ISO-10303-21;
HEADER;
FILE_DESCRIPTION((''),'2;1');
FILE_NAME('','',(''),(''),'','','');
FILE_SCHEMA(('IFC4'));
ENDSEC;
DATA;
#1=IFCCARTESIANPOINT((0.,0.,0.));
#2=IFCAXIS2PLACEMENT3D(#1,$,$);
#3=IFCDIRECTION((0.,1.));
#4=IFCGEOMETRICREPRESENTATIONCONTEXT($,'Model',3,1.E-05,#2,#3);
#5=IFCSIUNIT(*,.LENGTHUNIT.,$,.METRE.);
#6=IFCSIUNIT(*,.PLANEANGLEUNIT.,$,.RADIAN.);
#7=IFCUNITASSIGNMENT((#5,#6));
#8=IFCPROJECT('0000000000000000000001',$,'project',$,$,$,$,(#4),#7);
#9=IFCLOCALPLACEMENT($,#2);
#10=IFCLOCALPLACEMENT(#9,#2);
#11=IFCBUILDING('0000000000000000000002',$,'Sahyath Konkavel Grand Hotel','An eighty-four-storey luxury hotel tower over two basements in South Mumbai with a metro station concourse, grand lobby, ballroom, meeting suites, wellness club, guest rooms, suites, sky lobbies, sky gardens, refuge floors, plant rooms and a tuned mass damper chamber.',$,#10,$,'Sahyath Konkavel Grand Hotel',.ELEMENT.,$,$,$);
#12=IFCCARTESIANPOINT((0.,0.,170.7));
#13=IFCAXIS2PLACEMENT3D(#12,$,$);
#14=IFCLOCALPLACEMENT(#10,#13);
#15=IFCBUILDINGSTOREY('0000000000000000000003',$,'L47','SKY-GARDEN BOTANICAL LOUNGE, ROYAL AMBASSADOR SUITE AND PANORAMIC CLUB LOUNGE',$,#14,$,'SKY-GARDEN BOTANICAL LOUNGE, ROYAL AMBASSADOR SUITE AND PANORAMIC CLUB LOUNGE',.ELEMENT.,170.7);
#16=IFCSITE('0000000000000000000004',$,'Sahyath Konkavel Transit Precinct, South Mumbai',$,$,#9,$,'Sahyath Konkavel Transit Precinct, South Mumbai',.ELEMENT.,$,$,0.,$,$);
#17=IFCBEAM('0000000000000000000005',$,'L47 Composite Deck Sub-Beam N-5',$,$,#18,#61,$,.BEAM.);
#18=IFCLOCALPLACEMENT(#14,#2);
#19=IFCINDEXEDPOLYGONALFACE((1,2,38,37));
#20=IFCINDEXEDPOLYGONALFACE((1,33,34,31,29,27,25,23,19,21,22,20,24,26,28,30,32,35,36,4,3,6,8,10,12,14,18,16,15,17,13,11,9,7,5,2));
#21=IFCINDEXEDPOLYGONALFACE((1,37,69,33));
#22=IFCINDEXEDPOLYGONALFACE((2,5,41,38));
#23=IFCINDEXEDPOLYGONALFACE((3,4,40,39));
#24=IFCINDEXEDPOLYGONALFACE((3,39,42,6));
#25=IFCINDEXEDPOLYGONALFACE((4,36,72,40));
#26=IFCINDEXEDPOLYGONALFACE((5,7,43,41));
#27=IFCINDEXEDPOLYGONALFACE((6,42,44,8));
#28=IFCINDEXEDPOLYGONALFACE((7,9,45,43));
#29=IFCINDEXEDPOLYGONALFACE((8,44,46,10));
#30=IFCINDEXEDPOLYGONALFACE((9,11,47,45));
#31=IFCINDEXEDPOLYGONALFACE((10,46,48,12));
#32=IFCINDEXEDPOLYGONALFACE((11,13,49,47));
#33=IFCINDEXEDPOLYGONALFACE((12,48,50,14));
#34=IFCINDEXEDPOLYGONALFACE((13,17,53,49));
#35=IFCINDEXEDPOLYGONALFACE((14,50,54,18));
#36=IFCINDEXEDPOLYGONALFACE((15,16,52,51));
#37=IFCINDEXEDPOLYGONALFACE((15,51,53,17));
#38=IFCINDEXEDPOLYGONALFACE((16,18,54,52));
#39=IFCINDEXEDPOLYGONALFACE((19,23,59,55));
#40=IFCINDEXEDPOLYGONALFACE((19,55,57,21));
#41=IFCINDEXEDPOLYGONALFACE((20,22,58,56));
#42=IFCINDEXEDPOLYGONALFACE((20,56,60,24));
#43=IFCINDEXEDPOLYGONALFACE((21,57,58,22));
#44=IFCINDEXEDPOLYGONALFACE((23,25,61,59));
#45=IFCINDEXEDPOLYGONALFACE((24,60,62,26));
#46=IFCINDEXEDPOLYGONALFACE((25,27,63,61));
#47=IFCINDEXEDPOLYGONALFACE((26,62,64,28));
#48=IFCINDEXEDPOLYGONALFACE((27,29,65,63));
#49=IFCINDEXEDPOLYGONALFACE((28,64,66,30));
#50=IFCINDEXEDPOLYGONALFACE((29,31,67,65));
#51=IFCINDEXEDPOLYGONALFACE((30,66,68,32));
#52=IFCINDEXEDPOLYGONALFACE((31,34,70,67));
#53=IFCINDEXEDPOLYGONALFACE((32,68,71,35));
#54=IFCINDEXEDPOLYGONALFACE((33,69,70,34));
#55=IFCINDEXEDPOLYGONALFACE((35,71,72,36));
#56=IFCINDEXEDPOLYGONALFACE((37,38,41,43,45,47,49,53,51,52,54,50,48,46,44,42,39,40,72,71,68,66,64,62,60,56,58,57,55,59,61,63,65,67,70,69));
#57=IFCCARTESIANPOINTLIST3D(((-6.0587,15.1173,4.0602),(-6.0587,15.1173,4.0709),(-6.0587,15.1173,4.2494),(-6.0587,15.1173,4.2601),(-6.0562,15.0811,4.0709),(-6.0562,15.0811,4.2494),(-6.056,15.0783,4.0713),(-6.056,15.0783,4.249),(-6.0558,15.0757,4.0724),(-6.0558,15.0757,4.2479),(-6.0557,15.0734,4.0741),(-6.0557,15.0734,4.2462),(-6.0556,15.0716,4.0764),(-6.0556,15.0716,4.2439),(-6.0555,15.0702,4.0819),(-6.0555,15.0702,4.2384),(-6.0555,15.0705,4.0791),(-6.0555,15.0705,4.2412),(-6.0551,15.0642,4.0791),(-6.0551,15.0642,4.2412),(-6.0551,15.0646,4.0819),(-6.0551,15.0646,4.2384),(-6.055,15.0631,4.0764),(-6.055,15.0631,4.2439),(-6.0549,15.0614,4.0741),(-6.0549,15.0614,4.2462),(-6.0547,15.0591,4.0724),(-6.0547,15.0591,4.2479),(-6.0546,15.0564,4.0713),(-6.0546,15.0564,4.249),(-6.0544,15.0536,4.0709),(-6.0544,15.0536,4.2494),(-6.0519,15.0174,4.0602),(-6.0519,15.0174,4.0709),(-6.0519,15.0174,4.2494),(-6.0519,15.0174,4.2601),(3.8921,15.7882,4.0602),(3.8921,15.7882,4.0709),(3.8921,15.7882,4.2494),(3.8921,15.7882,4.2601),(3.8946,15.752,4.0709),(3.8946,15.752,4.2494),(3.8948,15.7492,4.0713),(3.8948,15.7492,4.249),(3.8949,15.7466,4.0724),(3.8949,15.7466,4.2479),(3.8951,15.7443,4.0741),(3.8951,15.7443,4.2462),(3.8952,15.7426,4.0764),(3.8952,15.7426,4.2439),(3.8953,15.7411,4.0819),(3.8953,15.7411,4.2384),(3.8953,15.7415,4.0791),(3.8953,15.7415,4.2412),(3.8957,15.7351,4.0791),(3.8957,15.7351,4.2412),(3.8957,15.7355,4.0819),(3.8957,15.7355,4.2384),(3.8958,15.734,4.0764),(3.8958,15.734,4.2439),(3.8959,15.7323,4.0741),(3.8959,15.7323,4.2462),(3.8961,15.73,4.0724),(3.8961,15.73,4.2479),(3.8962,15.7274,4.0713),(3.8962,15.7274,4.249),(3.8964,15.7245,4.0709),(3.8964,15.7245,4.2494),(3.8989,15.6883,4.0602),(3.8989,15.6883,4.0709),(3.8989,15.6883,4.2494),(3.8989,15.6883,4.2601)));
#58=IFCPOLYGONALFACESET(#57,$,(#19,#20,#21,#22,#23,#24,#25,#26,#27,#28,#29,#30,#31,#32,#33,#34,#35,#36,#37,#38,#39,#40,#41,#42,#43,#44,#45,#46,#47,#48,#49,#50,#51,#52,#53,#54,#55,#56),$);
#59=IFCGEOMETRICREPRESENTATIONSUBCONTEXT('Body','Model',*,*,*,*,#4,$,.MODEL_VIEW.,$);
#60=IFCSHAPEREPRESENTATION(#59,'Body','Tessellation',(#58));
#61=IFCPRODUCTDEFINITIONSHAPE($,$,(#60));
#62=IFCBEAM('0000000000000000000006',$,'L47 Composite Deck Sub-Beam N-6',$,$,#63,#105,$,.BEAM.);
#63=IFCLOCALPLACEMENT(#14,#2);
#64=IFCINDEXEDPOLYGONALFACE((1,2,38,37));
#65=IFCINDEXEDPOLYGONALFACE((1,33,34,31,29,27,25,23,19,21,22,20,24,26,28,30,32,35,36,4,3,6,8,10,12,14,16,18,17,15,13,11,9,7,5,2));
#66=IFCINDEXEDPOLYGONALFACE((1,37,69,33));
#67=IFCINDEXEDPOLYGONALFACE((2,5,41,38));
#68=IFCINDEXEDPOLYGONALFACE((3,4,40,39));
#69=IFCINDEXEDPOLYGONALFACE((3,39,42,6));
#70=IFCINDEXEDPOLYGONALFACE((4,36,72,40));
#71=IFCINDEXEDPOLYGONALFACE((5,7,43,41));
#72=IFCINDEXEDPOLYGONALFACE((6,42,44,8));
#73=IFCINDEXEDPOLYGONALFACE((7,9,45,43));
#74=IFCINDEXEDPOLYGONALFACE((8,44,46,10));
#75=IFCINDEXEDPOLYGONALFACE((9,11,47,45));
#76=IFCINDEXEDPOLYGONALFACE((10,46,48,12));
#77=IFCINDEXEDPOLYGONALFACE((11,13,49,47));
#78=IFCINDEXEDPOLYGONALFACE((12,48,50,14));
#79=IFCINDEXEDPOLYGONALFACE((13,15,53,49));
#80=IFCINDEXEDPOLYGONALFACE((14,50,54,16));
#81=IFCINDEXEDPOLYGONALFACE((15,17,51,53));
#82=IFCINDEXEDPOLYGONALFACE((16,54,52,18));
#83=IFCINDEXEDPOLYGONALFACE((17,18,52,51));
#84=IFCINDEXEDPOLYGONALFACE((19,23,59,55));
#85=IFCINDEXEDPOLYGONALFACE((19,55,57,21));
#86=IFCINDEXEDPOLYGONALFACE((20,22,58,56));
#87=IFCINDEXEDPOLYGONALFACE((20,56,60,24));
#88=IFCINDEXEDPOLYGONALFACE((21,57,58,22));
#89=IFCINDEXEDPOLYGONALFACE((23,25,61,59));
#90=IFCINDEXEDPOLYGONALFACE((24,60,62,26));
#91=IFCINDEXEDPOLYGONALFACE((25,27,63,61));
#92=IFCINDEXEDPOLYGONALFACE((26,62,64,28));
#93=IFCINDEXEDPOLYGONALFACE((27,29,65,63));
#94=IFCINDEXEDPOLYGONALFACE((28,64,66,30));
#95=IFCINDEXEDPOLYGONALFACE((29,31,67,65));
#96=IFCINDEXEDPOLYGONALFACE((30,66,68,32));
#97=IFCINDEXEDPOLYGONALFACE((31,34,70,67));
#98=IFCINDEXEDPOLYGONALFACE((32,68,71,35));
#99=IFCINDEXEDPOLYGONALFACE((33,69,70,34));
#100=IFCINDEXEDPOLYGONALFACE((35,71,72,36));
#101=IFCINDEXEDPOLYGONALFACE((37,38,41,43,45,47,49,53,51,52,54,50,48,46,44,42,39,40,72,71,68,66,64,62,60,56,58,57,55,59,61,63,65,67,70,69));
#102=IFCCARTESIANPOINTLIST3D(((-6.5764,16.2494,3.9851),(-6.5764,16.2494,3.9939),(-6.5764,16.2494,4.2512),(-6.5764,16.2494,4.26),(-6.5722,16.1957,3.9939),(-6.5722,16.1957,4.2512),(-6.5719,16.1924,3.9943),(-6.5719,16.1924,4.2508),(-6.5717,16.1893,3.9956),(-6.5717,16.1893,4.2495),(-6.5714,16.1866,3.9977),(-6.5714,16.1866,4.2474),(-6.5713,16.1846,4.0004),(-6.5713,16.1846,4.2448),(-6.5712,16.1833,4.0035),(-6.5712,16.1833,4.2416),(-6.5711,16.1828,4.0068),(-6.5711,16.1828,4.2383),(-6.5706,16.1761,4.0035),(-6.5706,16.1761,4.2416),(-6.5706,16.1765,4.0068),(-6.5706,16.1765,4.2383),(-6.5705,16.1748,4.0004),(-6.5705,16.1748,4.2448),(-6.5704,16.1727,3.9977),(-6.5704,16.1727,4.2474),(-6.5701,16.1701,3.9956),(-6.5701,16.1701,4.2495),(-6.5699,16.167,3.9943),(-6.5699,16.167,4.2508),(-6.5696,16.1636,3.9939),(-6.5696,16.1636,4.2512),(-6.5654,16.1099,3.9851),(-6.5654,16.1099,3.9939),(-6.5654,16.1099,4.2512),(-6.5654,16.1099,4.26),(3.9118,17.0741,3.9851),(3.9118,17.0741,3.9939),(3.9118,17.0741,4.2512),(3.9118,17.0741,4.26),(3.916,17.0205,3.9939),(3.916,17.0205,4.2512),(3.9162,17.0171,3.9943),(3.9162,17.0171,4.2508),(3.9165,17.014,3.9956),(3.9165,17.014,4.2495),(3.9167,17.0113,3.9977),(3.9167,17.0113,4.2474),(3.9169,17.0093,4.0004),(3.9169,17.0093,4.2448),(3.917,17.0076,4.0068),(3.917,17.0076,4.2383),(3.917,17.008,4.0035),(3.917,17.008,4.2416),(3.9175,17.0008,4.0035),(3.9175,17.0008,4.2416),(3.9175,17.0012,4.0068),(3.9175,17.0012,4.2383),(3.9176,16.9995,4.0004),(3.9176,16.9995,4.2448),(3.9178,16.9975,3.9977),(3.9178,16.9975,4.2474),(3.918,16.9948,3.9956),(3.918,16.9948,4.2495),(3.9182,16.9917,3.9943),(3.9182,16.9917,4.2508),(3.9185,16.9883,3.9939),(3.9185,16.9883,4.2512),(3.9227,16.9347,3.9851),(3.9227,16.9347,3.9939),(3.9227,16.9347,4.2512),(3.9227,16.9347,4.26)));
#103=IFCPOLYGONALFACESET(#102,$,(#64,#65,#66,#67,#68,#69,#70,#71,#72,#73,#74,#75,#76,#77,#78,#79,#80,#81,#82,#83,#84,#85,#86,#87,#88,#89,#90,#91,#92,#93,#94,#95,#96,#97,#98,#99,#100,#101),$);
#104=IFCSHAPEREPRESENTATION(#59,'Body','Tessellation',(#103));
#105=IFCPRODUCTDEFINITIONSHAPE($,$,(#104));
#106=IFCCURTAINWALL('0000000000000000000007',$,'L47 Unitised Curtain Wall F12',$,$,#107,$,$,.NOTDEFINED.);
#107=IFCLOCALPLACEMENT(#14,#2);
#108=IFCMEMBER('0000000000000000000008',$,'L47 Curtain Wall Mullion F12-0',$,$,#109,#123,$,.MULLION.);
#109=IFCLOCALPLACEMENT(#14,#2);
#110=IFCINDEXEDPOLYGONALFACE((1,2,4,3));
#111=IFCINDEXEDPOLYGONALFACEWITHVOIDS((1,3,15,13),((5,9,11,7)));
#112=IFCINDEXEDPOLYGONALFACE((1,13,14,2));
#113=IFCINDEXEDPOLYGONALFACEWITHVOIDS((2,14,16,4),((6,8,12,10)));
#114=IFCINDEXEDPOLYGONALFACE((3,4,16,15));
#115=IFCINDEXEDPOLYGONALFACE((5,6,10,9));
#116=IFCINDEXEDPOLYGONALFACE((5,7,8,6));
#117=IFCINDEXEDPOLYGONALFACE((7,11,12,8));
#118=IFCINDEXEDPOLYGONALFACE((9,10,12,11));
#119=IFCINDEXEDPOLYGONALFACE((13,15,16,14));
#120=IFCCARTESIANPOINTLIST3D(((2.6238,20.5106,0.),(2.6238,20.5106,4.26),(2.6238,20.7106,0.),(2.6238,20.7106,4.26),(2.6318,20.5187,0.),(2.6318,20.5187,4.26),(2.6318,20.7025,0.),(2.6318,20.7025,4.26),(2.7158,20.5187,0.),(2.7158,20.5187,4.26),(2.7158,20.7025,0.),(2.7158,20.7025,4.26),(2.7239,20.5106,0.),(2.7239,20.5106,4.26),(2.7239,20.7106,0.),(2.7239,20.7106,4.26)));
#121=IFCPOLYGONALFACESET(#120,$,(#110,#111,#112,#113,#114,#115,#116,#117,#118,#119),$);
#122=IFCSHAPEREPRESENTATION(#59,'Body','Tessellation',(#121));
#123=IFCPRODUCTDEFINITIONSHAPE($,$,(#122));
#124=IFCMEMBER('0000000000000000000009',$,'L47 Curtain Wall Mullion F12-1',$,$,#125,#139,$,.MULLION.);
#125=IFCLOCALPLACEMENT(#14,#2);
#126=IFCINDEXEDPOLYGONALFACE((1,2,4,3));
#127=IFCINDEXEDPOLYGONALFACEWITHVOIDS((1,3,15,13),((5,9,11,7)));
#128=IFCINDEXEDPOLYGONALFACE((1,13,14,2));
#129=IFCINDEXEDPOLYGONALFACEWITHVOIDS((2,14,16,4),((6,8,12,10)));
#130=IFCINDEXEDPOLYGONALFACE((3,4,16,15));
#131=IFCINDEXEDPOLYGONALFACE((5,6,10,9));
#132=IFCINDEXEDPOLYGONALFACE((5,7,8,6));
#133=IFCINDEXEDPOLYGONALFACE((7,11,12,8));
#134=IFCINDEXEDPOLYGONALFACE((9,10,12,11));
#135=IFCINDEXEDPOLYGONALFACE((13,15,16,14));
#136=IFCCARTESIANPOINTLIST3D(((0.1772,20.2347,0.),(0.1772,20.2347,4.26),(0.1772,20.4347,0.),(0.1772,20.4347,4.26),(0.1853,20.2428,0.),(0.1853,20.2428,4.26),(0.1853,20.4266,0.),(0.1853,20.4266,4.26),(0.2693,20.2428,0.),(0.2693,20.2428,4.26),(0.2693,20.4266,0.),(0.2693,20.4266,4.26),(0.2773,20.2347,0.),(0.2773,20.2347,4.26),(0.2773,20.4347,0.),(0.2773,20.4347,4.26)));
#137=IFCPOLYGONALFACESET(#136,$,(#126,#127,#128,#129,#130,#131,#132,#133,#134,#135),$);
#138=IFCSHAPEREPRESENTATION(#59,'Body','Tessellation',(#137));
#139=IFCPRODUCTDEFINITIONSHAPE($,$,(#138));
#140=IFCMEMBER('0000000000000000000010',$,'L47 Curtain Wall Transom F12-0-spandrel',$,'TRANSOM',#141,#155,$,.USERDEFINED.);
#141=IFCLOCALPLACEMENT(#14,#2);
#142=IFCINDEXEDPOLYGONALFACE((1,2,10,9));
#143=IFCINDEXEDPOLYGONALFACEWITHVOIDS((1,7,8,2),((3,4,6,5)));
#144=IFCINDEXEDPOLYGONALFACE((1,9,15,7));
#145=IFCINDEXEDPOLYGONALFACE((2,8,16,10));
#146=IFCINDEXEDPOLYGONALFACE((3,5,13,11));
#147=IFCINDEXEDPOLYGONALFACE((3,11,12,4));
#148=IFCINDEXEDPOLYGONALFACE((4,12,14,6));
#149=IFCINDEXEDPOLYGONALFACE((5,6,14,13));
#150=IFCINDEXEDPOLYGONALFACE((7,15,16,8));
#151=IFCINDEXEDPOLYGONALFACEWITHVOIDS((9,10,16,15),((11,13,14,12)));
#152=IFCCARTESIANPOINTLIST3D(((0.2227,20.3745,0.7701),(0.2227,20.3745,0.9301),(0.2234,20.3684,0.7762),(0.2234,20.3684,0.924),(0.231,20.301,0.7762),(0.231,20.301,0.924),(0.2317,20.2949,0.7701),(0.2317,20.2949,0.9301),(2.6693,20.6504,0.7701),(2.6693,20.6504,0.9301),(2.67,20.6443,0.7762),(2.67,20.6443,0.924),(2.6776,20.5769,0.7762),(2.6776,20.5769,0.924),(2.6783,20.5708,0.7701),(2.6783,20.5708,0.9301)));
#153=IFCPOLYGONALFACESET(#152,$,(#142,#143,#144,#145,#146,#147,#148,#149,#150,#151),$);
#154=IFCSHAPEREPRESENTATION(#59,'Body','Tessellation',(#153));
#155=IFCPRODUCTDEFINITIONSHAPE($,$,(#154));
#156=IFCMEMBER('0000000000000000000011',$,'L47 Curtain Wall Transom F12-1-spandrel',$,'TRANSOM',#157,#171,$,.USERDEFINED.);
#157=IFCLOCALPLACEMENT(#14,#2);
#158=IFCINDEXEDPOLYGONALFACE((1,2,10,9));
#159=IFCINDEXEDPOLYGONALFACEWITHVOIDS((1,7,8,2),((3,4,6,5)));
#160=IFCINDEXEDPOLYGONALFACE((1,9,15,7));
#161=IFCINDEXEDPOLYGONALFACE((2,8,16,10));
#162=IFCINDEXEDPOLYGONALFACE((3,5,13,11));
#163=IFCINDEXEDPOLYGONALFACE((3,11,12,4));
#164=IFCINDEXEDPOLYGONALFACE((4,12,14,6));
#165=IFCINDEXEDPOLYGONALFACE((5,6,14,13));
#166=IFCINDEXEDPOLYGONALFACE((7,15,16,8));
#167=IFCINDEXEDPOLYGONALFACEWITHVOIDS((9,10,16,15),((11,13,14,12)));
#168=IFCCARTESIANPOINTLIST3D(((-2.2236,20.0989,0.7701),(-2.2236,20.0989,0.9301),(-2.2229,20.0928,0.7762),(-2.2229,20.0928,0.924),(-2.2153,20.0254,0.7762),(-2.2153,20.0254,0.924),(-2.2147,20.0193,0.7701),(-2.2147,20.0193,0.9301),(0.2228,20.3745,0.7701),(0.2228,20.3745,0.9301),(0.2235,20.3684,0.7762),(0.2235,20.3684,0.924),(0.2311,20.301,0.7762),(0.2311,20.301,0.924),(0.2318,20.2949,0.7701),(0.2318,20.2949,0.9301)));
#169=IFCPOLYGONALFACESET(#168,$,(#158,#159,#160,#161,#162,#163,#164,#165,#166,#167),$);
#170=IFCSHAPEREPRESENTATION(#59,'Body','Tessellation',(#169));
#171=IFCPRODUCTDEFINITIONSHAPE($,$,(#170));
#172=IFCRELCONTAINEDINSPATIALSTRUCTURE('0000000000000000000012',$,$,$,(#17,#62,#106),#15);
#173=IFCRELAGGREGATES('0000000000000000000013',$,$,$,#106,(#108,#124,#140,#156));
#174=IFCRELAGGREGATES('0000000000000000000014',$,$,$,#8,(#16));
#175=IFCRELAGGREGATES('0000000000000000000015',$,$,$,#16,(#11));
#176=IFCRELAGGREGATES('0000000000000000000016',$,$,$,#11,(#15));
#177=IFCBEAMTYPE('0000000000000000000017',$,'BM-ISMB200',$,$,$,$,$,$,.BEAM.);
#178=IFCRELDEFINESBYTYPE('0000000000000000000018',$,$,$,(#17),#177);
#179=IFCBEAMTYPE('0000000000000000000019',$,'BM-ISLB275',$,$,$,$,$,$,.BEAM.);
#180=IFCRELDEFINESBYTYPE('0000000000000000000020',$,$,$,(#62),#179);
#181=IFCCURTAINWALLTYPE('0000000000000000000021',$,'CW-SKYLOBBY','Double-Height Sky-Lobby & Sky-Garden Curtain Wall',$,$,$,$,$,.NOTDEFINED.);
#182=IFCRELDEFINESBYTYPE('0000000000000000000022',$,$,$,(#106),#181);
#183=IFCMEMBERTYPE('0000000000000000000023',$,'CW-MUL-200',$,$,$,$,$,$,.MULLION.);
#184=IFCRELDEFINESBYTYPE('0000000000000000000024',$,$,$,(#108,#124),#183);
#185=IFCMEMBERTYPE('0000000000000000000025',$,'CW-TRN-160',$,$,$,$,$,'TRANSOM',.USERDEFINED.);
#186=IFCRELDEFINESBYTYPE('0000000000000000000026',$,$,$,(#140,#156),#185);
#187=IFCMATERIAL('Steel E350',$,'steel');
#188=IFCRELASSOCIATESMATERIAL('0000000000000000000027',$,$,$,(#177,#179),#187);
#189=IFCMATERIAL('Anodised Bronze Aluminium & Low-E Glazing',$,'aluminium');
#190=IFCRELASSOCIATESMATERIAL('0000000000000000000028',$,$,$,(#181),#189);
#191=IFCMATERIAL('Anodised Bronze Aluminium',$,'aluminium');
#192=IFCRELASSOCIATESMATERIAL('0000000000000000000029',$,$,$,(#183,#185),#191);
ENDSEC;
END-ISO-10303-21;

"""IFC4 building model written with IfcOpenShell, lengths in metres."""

from ifc_helpers import new_model, si_unit, direction, frame, origin, origin_2d, place, context, subcontext, project, spatial, hollow_rectangle, i_section, extrude, source, transform, mapped, material, material_profile, profile_set, type_object, element, aggregate, save


model = new_model("IFC4")

# Units and contexts
model_context = context("Model", 3, precision=1e-05, world=origin(), true_north=direction((0.0, 1.0)))
body_context = subcontext(model_context, "Body", "Model", "MODEL_VIEW")
ifc_project = project(units=[si_unit("LENGTHUNIT", "METRE"), si_unit("PLANEANGLEUNIT", "RADIAN")], contexts=[model_context])

# Site, building, storey
site_placement = place(None, origin())
site = spatial("IfcSite", under=ifc_project, at=site_placement, Name="Sahyath Konkavel Transit Precinct, South Mumbai", LongName="Sahyath Konkavel Transit Precinct, South Mumbai", CompositionType="ELEMENT", RefElevation=0.0)
building_placement = place(site_placement, origin())
building = spatial("IfcBuilding", under=site, at=building_placement, Name="Sahyath Konkavel Grand Hotel", Description="An eighty-four-storey luxury hotel tower over two basements in South Mumbai with a metro station concourse, grand lobby, ballroom, meeting suites, wellness club, guest rooms, suites, sky lobbies, sky gardens, refuge floors, plant rooms and a tuned mass damper chamber.", LongName="Sahyath Konkavel Grand Hotel", CompositionType="ELEMENT")
storey_placement = place(building_placement, frame((0.0, 0.0, 170.7)))
storey = spatial("IfcBuildingStorey", under=building, at=storey_placement, Name="L47", Description="SKY-GARDEN BOTANICAL LOUNGE, ROYAL AMBASSADOR SUITE AND PANORAMIC CLUB LOUNGE", LongName="SKY-GARDEN BOTANICAL LOUNGE, ROYAL AMBASSADOR SUITE AND PANORAMIC CLUB LOUNGE", CompositionType="ELEMENT", Elevation=170.7)

# Beams
ifc_material_1 = material(Name="Steel E350", Category="steel")
ifc_material_profile_1 = material_profile(ifc_material_1, i_section(OverallWidth=0.1001, OverallDepth=0.2, WebThickness=0.0056, FlangeThickness=0.0107, FilletRadius=0.011, at=origin_2d()), Name="ISMB 200")
ifc_profile_set_1 = profile_set([ifc_material_profile_1], Name="Steel E350")
beam_type_1 = type_object("IfcBeamType", Name="BM-ISMB200", PredefinedType="BEAM", material=ifc_profile_set_1)
shared_shape_1 = source(origin(), body_context, "Body", "SweptSolid", [
    extrude(i_section(OverallWidth=0.1001, OverallDepth=0.2, WebThickness=0.0056, FlangeThickness=0.0107, FilletRadius=0.011, at=origin_2d()), origin(), (0.0, 0.0, 1.0), 9.9734),
])
beam_1_placement = place(storey_placement, frame((3.8955, 15.7383, 4.1602), z_axis=(-0.997735, -0.06727, 0.0), x_axis=(0.06727, -0.997735, 0.0)))
element("IfcBeam", 1, at=beam_1_placement, inside=storey, type_object=beam_type_1, Name="L47 Composite Deck Sub-Beam N-5", PredefinedType="BEAM", context=body_context, shape_type="MappedRepresentation", body=[
    mapped(shared_shape_1, transform((0.0, 0.0, 0.0), scale=1.0)),
])
ifc_material_profile_2 = material_profile(ifc_material_1, i_section(OverallWidth=0.1399, OverallDepth=0.2749, WebThickness=0.0063, FlangeThickness=0.0088, FilletRadius=0.0129, at=origin_2d()), Name="ISLB 275")
ifc_profile_set_2 = profile_set([ifc_material_profile_2], Name="Steel E350")
beam_type_2 = type_object("IfcBeamType", Name="BM-ISLB275", PredefinedType="BEAM", material=ifc_profile_set_2)
shared_shape_2 = source(origin(), body_context, "Body", "SweptSolid", [
    extrude(i_section(OverallWidth=0.1399, OverallDepth=0.2749, WebThickness=0.0063, FlangeThickness=0.0088, FilletRadius=0.0129, at=origin_2d()), origin(), (0.0, 0.0, 1.0), 10.5205),
])
beam_2_placement = place(storey_placement, frame((3.9172, 17.0044, 4.1226), z_axis=(-0.996923, -0.078391, 0.0), x_axis=(0.078391, -0.996923, 0.0)))
element("IfcBeam", 2, at=beam_2_placement, inside=storey, type_object=beam_type_2, Name="L47 Composite Deck Sub-Beam N-6", PredefinedType="BEAM", context=body_context, shape_type="MappedRepresentation", body=[
    mapped(shared_shape_2, transform((0.0, 0.0, 0.0), scale=1.0)),
])

# Curtain wall, members
ifc_material_2 = material(Name="Anodised Bronze Aluminium & Low-E Glazing", Category="aluminium")
curtain_wall_type = type_object("IfcCurtainWallType", Name="CW-SKYLOBBY", Description="Double-Height Sky-Lobby & Sky-Garden Curtain Wall", PredefinedType="NOTDEFINED", material=ifc_material_2)
curtain_wall_placement = place(storey_placement, origin())
curtain_wall = element("IfcCurtainWall", 3, at=curtain_wall_placement, inside=storey, type_object=curtain_wall_type, Name="L47 Unitised Curtain Wall F12", PredefinedType="NOTDEFINED")
ifc_material_3 = material(Name="Anodised Bronze Aluminium", Category="aluminium")
ifc_material_profile_3 = material_profile(ifc_material_3, hollow_rectangle(XDim=0.1001, YDim=0.2, WallThickness=0.0081, at=origin_2d()), Name="RHS 200x100x8")
ifc_profile_set_3 = profile_set([ifc_material_profile_3], Name="Anodised Bronze Aluminium")
member_type_1 = type_object("IfcMemberType", Name="CW-MUL-200", PredefinedType="MULLION", material=ifc_profile_set_3)
shared_shape_3 = source(origin(), body_context, "Body", "SweptSolid", [
    extrude(hollow_rectangle(XDim=0.1001, YDim=0.2, WallThickness=0.0081, at=origin_2d()), origin(), (0.0, 0.0, 1.0), 4.26),
])
member_1_placement = place(storey_placement, frame((2.6738, 20.6106, 0.0), z_axis=(0.0, 0.0, 1.0), x_axis=(1.0, 0.0, 0.0)))
member_1 = element("IfcMember", 4, at=member_1_placement, type_object=member_type_1, Name="L47 Curtain Wall Mullion F12-0", PredefinedType="MULLION", context=body_context, shape_type="MappedRepresentation", body=[
    mapped(shared_shape_3, transform((0.0, 0.0, 0.0), scale=1.0)),
])
member_2_placement = place(storey_placement, frame((0.2273, 20.3347, 0.0), z_axis=(0.0, 0.0, 1.0), x_axis=(1.0, 0.0, 0.0)))
member_2 = element("IfcMember", 5, at=member_2_placement, type_object=member_type_1, Name="L47 Curtain Wall Mullion F12-1", PredefinedType="MULLION", context=body_context, shape_type="MappedRepresentation", body=[
    mapped(shared_shape_3, transform((0.0, 0.0, 0.0), scale=1.0)),
])
ifc_material_profile_4 = material_profile(ifc_material_3, hollow_rectangle(XDim=0.0801, YDim=0.1599, WallThickness=0.0061, at=origin_2d()), Name="RHS 160x80x6")
ifc_profile_set_4 = profile_set([ifc_material_profile_4], Name="Anodised Bronze Aluminium")
member_type_2 = type_object("IfcMemberType", Name="CW-TRN-160", ElementType="TRANSOM", PredefinedType="USERDEFINED", material=ifc_profile_set_4)
shared_shape_4 = source(origin(), body_context, "Body", "SweptSolid", [
    extrude(hollow_rectangle(XDim=0.0801, YDim=0.1599, WallThickness=0.0061, at=origin_2d()), origin(), (0.0, 0.0, 1.0), 2.4622),
])
member_3_placement = place(storey_placement, frame((2.6738, 20.6106, 0.8501), z_axis=(-0.993702, -0.112053, 0.0), x_axis=(0.112053, -0.993702, 0.0)))
member_3 = element("IfcMember", 6, at=member_3_placement, type_object=member_type_2, Name="L47 Curtain Wall Transom F12-0-spandrel", ObjectType="TRANSOM", PredefinedType="USERDEFINED", context=body_context, shape_type="MappedRepresentation", body=[
    mapped(shared_shape_4, transform((0.0, 0.0, 0.0), scale=1.0)),
])
shared_shape_5 = source(origin(), body_context, "Body", "SweptSolid", [
    extrude(hollow_rectangle(XDim=0.0801, YDim=0.1599, WallThickness=0.0061, at=origin_2d()), origin(), (0.0, 0.0, 1.0), 2.4619),
])
member_4_placement = place(storey_placement, frame((0.2273, 20.3347, 0.8501), z_axis=(-0.993713, -0.111955, 0.0), x_axis=(0.111955, -0.993713, 0.0)))
member_4 = element("IfcMember", 7, at=member_4_placement, type_object=member_type_2, Name="L47 Curtain Wall Transom F12-1-spandrel", ObjectType="TRANSOM", PredefinedType="USERDEFINED", context=body_context, shape_type="MappedRepresentation", body=[
    mapped(shared_shape_5, transform((0.0, 0.0, 0.0), scale=1.0)),
])

aggregate(curtain_wall, [member_1, member_2, member_3, member_4])

save(model, "model.ifc")
